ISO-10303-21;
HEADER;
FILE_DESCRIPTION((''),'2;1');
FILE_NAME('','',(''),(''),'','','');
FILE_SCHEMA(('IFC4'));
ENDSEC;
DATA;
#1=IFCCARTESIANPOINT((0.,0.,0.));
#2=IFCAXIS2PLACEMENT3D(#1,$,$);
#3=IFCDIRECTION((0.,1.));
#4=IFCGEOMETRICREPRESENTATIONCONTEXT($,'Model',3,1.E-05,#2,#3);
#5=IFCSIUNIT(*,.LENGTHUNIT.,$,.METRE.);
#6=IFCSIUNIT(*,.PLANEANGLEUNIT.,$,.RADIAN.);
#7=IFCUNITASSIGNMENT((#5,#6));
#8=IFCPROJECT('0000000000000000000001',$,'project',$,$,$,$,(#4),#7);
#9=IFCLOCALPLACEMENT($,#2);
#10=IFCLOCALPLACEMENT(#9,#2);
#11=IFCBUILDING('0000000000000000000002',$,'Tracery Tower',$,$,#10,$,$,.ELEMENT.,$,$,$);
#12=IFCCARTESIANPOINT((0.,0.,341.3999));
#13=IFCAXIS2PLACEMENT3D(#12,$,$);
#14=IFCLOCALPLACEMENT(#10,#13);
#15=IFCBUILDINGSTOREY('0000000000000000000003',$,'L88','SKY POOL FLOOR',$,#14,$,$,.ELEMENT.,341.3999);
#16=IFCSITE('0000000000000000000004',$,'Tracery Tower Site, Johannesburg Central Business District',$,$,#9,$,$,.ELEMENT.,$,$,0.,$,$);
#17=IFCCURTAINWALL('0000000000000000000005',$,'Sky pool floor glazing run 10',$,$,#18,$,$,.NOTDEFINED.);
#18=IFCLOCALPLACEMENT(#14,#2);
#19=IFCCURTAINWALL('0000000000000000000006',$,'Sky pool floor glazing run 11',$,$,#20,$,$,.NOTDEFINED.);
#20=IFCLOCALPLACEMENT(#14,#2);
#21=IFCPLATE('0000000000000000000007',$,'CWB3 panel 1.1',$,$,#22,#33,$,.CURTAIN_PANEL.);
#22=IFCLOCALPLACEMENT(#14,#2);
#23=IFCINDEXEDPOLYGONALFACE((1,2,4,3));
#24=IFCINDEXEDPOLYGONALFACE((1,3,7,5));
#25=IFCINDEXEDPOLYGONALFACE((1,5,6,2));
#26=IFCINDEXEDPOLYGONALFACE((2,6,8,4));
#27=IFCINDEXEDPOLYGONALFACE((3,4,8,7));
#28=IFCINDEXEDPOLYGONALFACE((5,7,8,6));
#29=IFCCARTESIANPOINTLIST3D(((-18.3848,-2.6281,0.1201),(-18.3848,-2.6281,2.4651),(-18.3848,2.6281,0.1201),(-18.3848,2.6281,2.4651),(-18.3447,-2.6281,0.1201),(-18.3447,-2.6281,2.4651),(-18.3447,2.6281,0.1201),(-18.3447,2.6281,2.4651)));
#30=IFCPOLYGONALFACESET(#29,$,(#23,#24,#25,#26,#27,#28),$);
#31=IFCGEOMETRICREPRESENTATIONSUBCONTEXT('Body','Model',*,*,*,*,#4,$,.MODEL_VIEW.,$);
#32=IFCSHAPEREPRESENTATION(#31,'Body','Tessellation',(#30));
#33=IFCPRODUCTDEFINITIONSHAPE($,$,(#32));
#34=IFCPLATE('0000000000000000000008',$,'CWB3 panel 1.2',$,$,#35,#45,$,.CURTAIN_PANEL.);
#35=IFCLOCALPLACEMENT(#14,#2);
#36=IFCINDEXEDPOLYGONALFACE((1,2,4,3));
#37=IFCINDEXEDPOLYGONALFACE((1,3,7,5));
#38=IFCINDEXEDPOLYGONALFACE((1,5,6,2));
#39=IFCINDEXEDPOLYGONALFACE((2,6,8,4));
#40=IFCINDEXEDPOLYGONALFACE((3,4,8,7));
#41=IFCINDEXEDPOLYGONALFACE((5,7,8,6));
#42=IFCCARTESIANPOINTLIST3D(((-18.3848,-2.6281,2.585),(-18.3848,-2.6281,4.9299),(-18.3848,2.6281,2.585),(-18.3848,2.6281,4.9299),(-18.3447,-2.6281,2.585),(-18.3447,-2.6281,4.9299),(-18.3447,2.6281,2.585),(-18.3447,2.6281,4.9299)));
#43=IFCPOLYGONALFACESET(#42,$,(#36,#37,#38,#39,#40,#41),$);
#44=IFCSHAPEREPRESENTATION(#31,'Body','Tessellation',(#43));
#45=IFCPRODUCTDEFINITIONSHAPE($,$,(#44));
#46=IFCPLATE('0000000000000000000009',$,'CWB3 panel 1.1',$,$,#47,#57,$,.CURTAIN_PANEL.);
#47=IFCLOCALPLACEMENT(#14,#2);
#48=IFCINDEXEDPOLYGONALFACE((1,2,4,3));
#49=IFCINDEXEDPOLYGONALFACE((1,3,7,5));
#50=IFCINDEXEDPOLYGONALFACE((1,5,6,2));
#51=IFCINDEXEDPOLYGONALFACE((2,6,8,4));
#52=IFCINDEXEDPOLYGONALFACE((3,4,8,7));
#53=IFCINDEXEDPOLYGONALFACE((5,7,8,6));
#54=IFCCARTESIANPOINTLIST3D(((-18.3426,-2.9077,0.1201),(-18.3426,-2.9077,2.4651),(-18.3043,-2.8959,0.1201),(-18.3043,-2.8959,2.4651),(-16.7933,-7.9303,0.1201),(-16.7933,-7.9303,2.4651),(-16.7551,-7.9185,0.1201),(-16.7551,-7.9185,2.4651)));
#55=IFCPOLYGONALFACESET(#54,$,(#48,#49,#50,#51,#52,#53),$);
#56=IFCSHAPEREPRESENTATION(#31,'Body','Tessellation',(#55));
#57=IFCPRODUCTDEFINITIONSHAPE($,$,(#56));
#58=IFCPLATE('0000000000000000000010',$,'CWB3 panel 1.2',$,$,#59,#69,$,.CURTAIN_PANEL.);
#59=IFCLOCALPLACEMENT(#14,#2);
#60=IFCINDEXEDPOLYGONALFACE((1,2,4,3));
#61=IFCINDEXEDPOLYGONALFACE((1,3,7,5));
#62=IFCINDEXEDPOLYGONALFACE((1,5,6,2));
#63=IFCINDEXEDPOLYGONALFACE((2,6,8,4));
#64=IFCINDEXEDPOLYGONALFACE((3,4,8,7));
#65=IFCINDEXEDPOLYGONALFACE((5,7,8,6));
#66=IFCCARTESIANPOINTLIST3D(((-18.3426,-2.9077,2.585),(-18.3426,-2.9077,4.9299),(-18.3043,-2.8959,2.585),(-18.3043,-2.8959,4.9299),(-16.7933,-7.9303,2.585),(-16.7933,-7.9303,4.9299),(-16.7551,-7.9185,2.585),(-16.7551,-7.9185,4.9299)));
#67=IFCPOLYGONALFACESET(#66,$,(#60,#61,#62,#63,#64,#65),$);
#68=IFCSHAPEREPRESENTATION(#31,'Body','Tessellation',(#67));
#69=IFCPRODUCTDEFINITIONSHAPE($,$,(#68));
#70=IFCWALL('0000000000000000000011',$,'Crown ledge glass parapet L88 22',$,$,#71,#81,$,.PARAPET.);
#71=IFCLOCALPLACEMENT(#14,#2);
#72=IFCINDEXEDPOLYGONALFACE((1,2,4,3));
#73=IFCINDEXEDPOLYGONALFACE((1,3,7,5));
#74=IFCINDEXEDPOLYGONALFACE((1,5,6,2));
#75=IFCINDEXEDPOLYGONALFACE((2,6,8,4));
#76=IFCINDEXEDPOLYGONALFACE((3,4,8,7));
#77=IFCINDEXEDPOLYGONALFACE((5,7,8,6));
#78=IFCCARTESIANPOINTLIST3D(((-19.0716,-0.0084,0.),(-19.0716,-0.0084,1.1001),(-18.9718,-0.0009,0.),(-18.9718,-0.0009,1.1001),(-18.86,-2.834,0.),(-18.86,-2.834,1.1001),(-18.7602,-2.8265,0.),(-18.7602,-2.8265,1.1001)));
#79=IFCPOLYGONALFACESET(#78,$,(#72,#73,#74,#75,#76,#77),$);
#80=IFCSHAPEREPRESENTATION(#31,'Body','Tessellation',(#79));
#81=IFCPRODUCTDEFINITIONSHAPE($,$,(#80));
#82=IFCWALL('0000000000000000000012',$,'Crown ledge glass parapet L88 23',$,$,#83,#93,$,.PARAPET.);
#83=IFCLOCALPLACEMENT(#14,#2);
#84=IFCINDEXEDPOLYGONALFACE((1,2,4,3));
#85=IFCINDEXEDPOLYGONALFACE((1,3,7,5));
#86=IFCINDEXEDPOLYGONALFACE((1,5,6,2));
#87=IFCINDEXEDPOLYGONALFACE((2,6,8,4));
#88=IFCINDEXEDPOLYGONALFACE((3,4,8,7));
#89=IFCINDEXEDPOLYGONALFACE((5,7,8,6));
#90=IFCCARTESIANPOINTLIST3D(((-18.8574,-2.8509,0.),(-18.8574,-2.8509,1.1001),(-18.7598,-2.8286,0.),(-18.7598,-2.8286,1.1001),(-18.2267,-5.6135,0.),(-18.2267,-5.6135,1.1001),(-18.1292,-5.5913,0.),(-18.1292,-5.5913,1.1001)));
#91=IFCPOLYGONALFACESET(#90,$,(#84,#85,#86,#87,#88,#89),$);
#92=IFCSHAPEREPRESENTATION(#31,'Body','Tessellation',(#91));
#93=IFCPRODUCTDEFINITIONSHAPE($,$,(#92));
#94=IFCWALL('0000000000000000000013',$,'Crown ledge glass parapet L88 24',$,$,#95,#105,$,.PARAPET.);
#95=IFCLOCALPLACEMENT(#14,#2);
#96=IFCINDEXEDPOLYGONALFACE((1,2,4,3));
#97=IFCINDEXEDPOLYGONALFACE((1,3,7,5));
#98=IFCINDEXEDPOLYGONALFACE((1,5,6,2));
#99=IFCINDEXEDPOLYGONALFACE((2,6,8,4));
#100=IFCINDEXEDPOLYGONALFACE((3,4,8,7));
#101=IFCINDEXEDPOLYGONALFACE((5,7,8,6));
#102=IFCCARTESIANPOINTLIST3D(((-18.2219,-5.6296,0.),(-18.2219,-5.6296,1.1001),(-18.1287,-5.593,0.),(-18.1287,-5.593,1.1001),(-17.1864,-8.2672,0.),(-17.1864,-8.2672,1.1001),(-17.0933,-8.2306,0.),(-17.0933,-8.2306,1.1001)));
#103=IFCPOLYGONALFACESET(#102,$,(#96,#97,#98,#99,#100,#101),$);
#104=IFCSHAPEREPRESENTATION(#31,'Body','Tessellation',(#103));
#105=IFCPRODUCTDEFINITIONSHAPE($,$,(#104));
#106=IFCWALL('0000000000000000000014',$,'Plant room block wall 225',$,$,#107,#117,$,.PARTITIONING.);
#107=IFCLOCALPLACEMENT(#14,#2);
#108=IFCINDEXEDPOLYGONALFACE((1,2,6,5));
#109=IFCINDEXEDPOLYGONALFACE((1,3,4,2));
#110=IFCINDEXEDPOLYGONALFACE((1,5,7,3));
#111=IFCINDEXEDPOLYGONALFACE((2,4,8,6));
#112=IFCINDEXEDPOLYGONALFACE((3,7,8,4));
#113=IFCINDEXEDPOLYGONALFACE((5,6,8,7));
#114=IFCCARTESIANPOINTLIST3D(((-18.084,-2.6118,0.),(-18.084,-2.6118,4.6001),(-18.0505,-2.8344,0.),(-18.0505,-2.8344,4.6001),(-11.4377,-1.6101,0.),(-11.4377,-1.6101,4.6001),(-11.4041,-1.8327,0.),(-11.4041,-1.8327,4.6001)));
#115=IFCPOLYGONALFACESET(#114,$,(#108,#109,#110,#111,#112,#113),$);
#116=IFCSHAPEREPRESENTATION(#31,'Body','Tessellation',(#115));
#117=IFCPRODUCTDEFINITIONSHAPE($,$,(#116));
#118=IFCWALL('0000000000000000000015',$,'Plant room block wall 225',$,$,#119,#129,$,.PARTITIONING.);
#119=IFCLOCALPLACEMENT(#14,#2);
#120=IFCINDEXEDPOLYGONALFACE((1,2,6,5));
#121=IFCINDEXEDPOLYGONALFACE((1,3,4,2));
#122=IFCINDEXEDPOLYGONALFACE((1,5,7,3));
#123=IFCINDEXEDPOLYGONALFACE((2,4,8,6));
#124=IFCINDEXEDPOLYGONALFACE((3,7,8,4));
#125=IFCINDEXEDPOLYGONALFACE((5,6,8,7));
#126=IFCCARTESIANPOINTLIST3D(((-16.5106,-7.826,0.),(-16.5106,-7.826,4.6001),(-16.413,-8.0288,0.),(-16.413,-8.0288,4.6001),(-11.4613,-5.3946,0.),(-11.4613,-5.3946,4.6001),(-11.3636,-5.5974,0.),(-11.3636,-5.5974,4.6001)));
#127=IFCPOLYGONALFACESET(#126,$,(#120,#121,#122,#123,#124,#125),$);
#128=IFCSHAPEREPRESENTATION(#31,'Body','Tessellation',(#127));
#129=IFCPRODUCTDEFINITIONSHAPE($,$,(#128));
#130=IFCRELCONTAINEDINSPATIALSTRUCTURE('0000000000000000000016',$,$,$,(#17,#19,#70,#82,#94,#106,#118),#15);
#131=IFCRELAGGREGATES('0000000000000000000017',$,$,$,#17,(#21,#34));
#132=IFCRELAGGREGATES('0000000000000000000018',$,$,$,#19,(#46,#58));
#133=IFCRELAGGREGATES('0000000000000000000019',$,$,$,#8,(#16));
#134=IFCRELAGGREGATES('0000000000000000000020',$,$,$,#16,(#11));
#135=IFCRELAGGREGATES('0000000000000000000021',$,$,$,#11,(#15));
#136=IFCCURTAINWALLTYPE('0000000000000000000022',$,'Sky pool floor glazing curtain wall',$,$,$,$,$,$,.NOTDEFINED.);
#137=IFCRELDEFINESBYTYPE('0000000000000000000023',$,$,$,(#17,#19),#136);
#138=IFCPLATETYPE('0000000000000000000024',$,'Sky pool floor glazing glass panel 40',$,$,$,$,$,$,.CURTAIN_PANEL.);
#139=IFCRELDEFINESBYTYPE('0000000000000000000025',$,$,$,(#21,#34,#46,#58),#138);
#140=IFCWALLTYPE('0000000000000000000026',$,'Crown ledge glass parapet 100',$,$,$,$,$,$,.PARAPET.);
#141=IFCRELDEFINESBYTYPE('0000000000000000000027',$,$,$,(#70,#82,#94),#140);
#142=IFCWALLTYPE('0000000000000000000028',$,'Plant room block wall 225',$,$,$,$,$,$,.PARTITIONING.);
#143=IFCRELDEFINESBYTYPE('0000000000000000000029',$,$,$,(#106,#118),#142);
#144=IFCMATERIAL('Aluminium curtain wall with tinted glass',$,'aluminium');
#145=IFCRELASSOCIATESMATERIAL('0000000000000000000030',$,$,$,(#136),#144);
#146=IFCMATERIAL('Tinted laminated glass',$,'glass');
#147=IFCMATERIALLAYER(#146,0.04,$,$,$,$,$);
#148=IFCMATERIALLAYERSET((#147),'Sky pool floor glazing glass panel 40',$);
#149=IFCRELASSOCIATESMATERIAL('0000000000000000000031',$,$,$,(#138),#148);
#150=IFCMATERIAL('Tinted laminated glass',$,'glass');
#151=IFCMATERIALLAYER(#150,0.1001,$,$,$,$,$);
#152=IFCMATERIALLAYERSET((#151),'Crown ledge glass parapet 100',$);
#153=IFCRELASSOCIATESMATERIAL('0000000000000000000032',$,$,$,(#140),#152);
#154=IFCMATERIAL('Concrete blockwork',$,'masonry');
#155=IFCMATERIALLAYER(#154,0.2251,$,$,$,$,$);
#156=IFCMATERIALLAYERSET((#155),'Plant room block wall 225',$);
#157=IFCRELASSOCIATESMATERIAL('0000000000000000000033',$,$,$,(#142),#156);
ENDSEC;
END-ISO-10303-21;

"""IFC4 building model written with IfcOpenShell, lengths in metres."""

from ifc_helpers import new_model, si_unit, direction, frame, frame_2d, origin, origin_2d, place, context, subcontext, project, spatial, rectangle, extrude, material, layer, layer_set, type_object, element, aggregate, save


model = new_model("IFC4")

# Units and contexts
model_context = context("Model", 3, precision=1e-05, world=origin(), true_north=direction((0.0, 1.0)))
body_context = subcontext(model_context, "Body", "Model", "MODEL_VIEW")
ifc_project = project(units=[si_unit("LENGTHUNIT", "METRE"), si_unit("PLANEANGLEUNIT", "RADIAN")], contexts=[model_context])

# Site, building, storey
site_placement = place(None, origin())
site = spatial("IfcSite", under=ifc_project, at=site_placement, Name="Tracery Tower Site, Johannesburg Central Business District", CompositionType="ELEMENT", RefElevation=0.0)
building_placement = place(site_placement, origin())
building = spatial("IfcBuilding", under=site, at=building_placement, Name="Tracery Tower", CompositionType="ELEMENT")
storey_placement = place(building_placement, frame((0.0, 0.0, 341.3999)))
storey = spatial("IfcBuildingStorey", under=building, at=storey_placement, Name="L88", Description="SKY POOL FLOOR", CompositionType="ELEMENT", Elevation=341.3999)

# Curtain wall
ifc_material_1 = material(Name="Aluminium curtain wall with tinted glass", Category="aluminium")
curtain_wall_type = type_object("IfcCurtainWallType", Name="Sky pool floor glazing curtain wall", PredefinedType="NOTDEFINED", material=ifc_material_1)
curtain_wall_1_placement = place(storey_placement, origin())
curtain_wall_1 = element("IfcCurtainWall", 1, at=curtain_wall_1_placement, inside=storey, type_object=curtain_wall_type, Name="Sky pool floor glazing run 10", PredefinedType="NOTDEFINED")

# Curtain wall
curtain_wall_2_placement = place(storey_placement, origin())
curtain_wall_2 = element("IfcCurtainWall", 2, at=curtain_wall_2_placement, inside=storey, type_object=curtain_wall_type, Name="Sky pool floor glazing run 11", PredefinedType="NOTDEFINED")

# Plates
ifc_material_2 = material(Name="Tinted laminated glass", Category="glass")
ifc_layer_1 = layer(ifc_material_2, 0.04)
ifc_layer_set_1 = layer_set([ifc_layer_1], Name="Sky pool floor glazing glass panel 40")
plate_type = type_object("IfcPlateType", Name="Sky pool floor glazing glass panel 40", PredefinedType="CURTAIN_PANEL", material=ifc_layer_set_1)
plate_1_placement = place(storey_placement, frame((-18.3647, 0.0, 0.1201), z_axis=(0.0, 0.0, 1.0), x_axis=(0.0, -1.0, 0.0)))
plate_1 = element("IfcPlate", 3, at=plate_1_placement, type_object=plate_type, Name="CWB3 panel 1.1", PredefinedType="CURTAIN_PANEL", context=body_context, shape_type="SweptSolid", body=[
    extrude(rectangle(XDim=5.2561, YDim=0.04, at=origin_2d()), origin(), (0.0, 0.0, 1.0), 2.345),
])
plate_2_placement = place(storey_placement, frame((-18.3647, 0.0, 2.585), z_axis=(0.0, 0.0, 1.0), x_axis=(0.0, -1.0, 0.0)))
plate_2 = element("IfcPlate", 4, at=plate_2_placement, type_object=plate_type, Name="CWB3 panel 1.2", PredefinedType="CURTAIN_PANEL", context=body_context, shape_type="SweptSolid", body=[
    extrude(rectangle(XDim=5.2561, YDim=0.04, at=origin_2d()), origin(), (0.0, 0.0, 1.0), 2.345),
])
aggregate(curtain_wall_1, [plate_1, plate_2])
plate_3_placement = place(storey_placement, frame((-17.5488, -5.4131, 0.1201), z_axis=(0.0, 0.0, 1.0), x_axis=(0.294753, -0.955574, 0.0)))
plate_3 = element("IfcPlate", 5, at=plate_3_placement, type_object=plate_type, Name="CWB3 panel 1.1", PredefinedType="CURTAIN_PANEL", context=body_context, shape_type="SweptSolid", body=[
    extrude(rectangle(XDim=5.2561, YDim=0.04, at=origin_2d()), origin(), (0.0, 0.0, 1.0), 2.345),
])
plate_4_placement = place(storey_placement, frame((-17.5488, -5.4131, 2.585), z_axis=(0.0, 0.0, 1.0), x_axis=(0.294753, -0.955574, 0.0)))
plate_4 = element("IfcPlate", 6, at=plate_4_placement, type_object=plate_type, Name="CWB3 panel 1.2", PredefinedType="CURTAIN_PANEL", context=body_context, shape_type="SweptSolid", body=[
    extrude(rectangle(XDim=5.2561, YDim=0.04, at=origin_2d()), origin(), (0.0, 0.0, 1.0), 2.345),
])
aggregate(curtain_wall_2, [plate_3, plate_4])

# Walls
ifc_material_3 = material(Name="Tinted laminated glass", Category="glass")
ifc_layer_2 = layer(ifc_material_3, 0.1001)
ifc_layer_set_2 = layer_set([ifc_layer_2], Name="Crown ledge glass parapet 100")
wall_type_1 = type_object("IfcWallType", Name="Crown ledge glass parapet 100", PredefinedType="PARAPET", material=ifc_layer_set_2)
wall_1_placement = place(storey_placement, frame((-19.0217, -0.0046, 0.0), z_axis=(0.0, 0.0, 1.0), x_axis=(0.0747, -0.997206, 0.0)))
element("IfcWall", 7, at=wall_1_placement, inside=storey, type_object=wall_type_1, Name="Crown ledge glass parapet L88 22", PredefinedType="PARAPET", context=body_context, shape_type="SweptSolid", body=[
    extrude(rectangle(XDim=2.8335, YDim=0.1001, at=frame_2d((1.4167, 0.0))), origin(), (0.0, 0.0, 1.0), 1.1001),
])
wall_2_placement = place(storey_placement, frame((-18.8086, -2.8396, 0.0), z_axis=(0.0, 0.0, 1.0), x_axis=(0.222537, -0.974924, 0.0)))
element("IfcWall", 8, at=wall_2_placement, inside=storey, type_object=wall_type_1, Name="Crown ledge glass parapet L88 23", PredefinedType="PARAPET", context=body_context, shape_type="SweptSolid", body=[
    extrude(rectangle(XDim=2.8337, YDim=0.1001, at=frame_2d((1.417, 0.0))), origin(), (0.0, 0.0, 1.0), 1.1001),
])
wall_3_placement = place(storey_placement, frame((-18.1753, -5.6113, 0.0), z_axis=(0.0, 0.0, 1.0), x_axis=(0.365426, -0.93084, 0.0)))
element("IfcWall", 9, at=wall_3_placement, inside=storey, type_object=wall_type_1, Name="Crown ledge glass parapet L88 24", PredefinedType="PARAPET", context=body_context, shape_type="SweptSolid", body=[
    extrude(rectangle(XDim=2.8335, YDim=0.1001, at=frame_2d((1.4167, 0.0))), origin(), (0.0, 0.0, 1.0), 1.1001),
])
ifc_material_4 = material(Name="Concrete blockwork", Category="masonry")
ifc_layer_3 = layer(ifc_material_4, 0.2251)
ifc_layer_set_3 = layer_set([ifc_layer_3], Name="Plant room block wall 225")
wall_type_2 = type_object("IfcWallType", Name="Plant room block wall 225", PredefinedType="PARTITIONING", material=ifc_layer_set_3)
wall_4_placement = place(storey_placement, frame((-18.0674, -2.7231, 0.0), z_axis=(0.0, 0.0, 1.0), x_axis=(0.988833, 0.14903, 0.0)))
element("IfcWall", 10, at=wall_4_placement, inside=storey, type_object=wall_type_2, Name="Plant room block wall 225", PredefinedType="PARTITIONING", context=body_context, shape_type="SweptSolid", body=[
    extrude(rectangle(XDim=6.7214, YDim=0.2251, at=frame_2d((3.3608, 0.0))), origin(), (0.0, 0.0, 1.0), 4.6001),
])
wall_5_placement = place(storey_placement, frame((-16.4619, -7.9275, 0.0), z_axis=(0.0, 0.0, 1.0), x_axis=(0.900985, 0.433851, 0.0)))
element("IfcWall", 11, at=wall_5_placement, inside=storey, type_object=wall_type_2, Name="Plant room block wall 225", PredefinedType="PARTITIONING", context=body_context, shape_type="SweptSolid", body=[
    extrude(rectangle(XDim=5.6042, YDim=0.2251, at=frame_2d((2.8022, 0.0))), origin(), (0.0, 0.0, 1.0), 4.6001),
])

save(model, "model.ifc")
